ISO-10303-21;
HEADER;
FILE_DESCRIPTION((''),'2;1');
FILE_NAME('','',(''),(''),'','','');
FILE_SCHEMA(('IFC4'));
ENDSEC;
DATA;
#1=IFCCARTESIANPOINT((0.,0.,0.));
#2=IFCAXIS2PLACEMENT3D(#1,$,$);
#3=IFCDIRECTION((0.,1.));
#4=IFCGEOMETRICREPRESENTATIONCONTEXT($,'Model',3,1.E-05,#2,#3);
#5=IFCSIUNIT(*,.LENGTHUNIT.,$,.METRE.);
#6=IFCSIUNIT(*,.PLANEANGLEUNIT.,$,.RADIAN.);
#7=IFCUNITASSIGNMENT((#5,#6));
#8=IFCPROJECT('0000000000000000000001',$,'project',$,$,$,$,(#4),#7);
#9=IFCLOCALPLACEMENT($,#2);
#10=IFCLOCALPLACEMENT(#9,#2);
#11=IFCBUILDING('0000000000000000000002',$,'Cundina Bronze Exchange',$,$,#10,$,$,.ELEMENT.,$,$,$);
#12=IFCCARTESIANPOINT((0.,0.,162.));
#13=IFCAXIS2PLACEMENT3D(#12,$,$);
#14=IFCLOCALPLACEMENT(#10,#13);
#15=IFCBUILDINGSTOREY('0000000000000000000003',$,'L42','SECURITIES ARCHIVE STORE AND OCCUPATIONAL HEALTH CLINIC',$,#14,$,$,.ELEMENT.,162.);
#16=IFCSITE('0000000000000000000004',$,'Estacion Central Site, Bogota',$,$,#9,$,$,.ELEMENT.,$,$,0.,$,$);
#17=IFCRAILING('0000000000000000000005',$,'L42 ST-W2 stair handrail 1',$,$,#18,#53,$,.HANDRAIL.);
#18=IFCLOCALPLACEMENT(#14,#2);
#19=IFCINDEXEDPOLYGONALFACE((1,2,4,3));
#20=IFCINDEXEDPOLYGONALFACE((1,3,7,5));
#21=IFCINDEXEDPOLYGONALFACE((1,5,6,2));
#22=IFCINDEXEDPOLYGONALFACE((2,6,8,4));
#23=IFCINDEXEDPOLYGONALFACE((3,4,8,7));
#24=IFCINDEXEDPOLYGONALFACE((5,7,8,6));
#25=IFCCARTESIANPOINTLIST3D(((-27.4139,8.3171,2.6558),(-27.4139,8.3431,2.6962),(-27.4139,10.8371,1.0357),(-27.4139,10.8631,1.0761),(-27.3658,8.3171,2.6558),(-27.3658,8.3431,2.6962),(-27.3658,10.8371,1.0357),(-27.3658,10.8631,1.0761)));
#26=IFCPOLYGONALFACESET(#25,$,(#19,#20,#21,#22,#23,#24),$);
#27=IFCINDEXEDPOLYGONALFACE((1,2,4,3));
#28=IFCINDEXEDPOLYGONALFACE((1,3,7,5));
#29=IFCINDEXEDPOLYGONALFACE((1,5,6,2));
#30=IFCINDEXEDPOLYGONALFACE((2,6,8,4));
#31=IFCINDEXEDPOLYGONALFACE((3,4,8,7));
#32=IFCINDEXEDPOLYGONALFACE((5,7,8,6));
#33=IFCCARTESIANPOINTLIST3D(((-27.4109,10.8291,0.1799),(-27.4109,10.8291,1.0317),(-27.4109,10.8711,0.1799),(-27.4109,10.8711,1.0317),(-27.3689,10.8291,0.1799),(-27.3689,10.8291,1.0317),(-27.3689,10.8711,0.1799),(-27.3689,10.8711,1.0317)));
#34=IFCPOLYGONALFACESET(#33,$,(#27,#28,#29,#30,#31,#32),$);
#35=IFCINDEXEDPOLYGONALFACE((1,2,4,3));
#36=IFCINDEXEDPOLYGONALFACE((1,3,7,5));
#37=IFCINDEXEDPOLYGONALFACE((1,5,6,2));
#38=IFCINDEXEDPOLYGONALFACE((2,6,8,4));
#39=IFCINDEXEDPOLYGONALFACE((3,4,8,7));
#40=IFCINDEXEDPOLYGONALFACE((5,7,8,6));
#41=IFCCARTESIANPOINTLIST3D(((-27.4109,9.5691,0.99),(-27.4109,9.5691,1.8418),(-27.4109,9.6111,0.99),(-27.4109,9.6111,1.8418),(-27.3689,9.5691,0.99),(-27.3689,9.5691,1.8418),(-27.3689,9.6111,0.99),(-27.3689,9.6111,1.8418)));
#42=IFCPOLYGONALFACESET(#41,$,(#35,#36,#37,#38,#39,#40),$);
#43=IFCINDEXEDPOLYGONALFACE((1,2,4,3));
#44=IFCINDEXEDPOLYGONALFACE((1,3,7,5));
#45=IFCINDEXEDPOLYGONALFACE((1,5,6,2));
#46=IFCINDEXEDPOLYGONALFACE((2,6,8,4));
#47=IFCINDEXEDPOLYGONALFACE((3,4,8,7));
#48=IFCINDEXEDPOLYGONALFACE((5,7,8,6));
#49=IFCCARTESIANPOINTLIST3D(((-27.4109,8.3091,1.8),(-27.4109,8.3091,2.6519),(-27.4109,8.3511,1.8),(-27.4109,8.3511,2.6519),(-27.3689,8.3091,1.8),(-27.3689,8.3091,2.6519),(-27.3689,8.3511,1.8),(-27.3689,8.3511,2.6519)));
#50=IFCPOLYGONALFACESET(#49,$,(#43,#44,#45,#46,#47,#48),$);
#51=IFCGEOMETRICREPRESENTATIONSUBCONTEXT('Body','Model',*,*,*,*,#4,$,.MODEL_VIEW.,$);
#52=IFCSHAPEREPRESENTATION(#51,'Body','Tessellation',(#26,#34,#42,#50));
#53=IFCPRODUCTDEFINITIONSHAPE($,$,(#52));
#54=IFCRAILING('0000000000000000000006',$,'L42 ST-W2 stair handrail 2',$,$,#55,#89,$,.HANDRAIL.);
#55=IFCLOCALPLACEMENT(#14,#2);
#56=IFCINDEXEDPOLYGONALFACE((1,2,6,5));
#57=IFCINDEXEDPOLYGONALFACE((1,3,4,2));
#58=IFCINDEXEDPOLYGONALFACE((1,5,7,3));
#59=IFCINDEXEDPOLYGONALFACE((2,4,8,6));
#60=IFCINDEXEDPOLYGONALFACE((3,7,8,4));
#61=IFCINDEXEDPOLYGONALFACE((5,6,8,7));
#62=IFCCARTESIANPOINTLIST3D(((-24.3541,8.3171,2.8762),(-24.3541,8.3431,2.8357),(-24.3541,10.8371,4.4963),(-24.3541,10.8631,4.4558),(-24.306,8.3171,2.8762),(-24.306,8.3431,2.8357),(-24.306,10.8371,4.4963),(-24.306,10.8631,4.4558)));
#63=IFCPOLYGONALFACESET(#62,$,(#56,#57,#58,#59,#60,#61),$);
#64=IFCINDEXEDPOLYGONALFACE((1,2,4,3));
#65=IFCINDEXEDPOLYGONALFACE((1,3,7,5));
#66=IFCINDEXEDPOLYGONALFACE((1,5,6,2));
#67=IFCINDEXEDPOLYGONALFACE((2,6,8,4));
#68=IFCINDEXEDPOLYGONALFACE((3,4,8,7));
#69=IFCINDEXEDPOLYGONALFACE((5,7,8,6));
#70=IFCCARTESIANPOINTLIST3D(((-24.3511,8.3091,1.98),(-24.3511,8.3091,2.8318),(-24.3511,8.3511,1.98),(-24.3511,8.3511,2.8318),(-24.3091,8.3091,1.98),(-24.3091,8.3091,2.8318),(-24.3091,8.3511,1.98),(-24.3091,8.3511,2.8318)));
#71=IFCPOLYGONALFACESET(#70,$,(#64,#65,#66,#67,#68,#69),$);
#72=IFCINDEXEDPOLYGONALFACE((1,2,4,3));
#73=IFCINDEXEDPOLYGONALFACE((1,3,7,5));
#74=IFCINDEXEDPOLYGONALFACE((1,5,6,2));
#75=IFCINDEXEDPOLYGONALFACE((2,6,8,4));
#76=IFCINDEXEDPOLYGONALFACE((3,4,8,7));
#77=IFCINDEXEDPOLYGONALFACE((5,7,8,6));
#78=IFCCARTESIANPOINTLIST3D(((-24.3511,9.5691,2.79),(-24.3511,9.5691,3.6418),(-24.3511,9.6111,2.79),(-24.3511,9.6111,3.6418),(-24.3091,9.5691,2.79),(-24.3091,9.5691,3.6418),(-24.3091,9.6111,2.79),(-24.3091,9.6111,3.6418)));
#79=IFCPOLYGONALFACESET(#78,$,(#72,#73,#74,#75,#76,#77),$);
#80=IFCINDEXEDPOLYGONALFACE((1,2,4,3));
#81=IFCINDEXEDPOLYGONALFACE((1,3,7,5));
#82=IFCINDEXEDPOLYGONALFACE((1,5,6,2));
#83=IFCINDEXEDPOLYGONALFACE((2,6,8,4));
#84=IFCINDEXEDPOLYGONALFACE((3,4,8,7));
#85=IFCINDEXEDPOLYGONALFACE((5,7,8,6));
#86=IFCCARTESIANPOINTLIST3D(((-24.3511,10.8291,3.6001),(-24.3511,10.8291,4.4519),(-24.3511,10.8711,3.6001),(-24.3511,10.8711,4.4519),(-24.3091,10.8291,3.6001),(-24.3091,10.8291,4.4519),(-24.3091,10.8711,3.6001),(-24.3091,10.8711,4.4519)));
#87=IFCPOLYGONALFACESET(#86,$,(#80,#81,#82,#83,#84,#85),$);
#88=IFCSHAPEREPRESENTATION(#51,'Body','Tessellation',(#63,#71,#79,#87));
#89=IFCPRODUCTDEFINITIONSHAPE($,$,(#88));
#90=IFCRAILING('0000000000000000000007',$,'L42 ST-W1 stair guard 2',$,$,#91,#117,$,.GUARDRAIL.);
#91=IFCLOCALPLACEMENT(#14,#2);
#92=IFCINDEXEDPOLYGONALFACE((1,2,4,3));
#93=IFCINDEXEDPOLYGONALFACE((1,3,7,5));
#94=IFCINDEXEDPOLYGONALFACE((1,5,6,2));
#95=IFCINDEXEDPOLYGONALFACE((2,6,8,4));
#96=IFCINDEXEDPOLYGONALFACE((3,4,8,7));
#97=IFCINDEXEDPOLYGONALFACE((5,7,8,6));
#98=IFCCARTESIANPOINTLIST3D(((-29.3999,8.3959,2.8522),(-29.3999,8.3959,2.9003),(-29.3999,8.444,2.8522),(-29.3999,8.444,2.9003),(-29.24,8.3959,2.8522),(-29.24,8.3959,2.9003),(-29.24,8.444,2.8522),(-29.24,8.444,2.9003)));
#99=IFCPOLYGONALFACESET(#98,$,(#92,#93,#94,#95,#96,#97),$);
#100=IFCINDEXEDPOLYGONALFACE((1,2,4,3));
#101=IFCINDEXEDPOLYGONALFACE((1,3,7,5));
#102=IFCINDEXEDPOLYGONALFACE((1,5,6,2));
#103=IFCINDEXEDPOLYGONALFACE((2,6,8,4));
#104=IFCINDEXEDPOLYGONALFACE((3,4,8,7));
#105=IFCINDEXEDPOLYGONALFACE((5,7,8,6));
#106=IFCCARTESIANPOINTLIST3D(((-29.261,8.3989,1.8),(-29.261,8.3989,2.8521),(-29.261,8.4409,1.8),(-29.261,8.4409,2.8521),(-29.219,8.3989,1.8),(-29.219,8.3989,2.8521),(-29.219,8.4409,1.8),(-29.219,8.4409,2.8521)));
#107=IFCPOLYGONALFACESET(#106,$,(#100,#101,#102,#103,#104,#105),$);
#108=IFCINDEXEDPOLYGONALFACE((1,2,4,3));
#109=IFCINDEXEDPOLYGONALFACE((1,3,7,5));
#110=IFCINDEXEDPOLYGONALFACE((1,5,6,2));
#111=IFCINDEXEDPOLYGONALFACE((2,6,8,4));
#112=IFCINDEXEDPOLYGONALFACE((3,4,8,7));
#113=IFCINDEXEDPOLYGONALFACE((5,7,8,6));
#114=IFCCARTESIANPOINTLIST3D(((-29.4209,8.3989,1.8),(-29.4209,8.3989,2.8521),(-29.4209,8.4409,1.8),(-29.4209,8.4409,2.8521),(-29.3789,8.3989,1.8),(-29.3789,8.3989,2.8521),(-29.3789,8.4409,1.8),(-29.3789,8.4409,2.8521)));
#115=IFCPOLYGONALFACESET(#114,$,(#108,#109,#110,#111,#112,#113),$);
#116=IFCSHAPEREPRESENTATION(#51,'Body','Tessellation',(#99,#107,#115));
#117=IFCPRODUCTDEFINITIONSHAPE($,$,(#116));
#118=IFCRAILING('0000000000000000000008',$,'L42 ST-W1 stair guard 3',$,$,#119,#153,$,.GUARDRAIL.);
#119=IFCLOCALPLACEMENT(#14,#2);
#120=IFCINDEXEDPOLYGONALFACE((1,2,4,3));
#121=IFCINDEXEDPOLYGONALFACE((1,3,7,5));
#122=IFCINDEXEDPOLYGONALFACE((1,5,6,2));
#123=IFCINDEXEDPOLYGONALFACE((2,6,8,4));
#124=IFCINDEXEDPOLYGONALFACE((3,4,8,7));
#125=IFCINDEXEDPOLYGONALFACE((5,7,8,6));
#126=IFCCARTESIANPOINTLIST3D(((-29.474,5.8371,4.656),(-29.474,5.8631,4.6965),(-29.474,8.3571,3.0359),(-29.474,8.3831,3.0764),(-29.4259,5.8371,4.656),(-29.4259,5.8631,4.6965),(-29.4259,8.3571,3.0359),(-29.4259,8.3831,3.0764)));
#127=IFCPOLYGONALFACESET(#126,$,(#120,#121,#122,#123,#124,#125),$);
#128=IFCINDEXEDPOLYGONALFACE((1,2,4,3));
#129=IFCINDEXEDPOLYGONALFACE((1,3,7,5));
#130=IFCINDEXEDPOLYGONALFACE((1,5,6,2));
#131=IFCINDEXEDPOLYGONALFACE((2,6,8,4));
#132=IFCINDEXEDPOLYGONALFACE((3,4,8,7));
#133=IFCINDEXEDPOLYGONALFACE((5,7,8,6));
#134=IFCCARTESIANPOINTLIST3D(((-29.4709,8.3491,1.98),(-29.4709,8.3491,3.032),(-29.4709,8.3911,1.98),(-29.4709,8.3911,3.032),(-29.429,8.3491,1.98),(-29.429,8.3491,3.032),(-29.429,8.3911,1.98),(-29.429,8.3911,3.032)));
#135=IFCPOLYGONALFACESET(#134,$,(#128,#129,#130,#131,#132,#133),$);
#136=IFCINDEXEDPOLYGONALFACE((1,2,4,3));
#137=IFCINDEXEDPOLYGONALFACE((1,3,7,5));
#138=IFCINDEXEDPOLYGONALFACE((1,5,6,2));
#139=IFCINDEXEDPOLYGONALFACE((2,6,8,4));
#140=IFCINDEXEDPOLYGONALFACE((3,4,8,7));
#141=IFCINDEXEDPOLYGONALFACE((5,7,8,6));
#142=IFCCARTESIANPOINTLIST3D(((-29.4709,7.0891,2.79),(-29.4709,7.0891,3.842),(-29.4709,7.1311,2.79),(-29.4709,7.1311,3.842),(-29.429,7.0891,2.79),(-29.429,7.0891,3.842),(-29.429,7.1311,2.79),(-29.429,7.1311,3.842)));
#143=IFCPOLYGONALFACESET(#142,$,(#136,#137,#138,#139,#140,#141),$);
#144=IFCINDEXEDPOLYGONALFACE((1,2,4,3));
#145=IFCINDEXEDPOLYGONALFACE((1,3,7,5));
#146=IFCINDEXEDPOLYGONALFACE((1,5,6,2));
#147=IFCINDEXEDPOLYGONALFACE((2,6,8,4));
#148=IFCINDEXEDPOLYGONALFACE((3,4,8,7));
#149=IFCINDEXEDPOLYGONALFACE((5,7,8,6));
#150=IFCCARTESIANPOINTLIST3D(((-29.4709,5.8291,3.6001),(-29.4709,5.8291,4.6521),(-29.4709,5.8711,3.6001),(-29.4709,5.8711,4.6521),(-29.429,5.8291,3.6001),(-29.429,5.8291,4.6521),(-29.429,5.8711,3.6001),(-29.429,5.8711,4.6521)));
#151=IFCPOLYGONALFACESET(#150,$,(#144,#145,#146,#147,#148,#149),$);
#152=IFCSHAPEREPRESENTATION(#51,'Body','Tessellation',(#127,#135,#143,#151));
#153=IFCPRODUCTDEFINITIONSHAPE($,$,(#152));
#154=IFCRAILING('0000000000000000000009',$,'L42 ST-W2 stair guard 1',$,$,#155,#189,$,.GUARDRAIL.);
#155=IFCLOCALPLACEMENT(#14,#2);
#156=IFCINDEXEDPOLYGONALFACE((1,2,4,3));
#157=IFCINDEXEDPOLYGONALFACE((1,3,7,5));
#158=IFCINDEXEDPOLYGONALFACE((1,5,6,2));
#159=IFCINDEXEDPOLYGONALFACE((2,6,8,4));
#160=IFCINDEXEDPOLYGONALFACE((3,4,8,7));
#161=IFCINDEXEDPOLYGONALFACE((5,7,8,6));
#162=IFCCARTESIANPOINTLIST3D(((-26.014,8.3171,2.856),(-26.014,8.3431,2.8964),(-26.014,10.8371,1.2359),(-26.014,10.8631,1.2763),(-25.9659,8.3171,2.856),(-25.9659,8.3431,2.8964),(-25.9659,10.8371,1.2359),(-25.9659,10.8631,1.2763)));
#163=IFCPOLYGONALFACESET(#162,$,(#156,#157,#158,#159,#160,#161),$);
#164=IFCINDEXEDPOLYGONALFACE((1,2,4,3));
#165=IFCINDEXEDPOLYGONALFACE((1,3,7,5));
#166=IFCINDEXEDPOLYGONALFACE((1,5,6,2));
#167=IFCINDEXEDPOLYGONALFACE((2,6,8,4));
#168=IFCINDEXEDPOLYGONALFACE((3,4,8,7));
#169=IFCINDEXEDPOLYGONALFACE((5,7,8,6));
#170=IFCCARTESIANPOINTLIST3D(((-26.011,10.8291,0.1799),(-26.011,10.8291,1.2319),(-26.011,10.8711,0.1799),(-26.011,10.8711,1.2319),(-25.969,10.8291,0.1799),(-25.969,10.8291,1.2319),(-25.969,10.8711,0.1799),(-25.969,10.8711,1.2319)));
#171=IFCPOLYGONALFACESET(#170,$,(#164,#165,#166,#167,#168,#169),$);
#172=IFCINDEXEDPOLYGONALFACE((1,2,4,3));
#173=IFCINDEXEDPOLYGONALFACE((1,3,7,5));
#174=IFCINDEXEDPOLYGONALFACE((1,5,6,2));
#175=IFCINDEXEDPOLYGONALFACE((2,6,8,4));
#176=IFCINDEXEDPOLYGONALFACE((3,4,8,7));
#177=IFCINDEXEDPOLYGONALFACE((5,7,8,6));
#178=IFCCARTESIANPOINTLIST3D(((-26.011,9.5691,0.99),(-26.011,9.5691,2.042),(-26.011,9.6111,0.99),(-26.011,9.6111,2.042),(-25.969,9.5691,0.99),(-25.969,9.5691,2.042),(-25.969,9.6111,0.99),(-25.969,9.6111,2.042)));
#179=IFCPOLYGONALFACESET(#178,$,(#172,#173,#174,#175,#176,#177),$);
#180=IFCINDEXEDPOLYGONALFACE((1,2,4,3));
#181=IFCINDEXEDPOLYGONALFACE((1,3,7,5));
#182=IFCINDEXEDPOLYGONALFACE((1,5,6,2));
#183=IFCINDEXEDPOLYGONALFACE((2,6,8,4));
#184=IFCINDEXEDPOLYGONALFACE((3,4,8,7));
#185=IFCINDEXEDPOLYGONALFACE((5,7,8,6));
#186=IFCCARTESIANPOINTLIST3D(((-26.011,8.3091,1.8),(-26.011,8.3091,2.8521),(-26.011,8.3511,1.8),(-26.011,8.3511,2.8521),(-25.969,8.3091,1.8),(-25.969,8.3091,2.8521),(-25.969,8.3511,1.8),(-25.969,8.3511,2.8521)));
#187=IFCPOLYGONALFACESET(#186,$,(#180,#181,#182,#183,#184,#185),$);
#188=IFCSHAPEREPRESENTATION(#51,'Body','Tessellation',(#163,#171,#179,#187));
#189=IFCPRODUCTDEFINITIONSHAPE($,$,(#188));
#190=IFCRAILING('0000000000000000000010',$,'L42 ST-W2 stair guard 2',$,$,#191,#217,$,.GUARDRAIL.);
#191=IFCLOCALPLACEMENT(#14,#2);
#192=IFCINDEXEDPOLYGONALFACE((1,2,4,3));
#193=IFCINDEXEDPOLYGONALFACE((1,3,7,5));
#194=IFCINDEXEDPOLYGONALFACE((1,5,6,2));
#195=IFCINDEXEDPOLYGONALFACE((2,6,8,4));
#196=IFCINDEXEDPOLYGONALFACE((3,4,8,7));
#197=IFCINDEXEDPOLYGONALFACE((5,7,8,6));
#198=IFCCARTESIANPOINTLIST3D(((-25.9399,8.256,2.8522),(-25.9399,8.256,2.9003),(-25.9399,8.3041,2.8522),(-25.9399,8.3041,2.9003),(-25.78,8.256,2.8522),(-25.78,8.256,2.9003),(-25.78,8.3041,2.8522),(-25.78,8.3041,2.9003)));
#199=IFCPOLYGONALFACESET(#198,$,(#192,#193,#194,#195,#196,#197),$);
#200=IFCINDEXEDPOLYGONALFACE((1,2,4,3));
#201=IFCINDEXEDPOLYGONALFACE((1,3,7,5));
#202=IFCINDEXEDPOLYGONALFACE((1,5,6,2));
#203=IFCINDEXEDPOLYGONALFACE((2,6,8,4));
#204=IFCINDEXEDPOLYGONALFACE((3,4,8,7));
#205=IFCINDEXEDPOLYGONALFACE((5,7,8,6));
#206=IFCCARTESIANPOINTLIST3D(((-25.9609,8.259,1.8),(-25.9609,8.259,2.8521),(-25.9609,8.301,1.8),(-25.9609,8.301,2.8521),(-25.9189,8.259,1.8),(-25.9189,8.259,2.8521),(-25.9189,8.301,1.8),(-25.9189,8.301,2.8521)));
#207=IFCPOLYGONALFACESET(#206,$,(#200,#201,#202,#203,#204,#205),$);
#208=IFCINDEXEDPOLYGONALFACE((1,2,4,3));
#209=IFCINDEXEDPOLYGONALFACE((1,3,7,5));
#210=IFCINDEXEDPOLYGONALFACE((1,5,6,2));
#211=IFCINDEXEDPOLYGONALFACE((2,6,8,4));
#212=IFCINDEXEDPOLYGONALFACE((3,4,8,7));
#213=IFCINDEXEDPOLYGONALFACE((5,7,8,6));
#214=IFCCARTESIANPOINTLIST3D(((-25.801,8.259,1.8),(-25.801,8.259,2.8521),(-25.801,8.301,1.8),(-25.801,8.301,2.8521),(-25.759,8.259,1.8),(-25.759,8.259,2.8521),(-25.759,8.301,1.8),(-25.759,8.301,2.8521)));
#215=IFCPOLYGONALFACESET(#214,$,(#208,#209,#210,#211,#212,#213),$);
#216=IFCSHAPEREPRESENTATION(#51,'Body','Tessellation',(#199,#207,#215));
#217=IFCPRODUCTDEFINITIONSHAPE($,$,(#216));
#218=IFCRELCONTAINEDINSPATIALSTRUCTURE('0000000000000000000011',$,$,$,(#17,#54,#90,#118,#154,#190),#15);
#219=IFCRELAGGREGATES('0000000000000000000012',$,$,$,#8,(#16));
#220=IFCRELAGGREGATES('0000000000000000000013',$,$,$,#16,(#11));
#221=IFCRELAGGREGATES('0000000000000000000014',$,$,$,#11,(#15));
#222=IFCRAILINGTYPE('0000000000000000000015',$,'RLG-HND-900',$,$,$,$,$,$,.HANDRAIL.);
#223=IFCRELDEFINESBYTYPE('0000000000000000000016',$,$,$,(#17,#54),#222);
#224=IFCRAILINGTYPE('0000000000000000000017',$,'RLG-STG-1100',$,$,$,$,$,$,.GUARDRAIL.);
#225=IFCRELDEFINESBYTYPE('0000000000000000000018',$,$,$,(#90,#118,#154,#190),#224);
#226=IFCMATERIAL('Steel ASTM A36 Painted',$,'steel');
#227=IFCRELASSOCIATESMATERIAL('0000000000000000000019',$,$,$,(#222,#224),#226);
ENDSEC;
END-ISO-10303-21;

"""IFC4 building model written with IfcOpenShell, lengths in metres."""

from ifc_helpers import new_model, si_unit, direction, frame, origin, origin_2d, place, context, subcontext, project, spatial, rectangle, extrude, material, type_object, element, save


model = new_model("IFC4")

# Units and contexts
model_context = context("Model", 3, precision=1e-05, world=origin(), true_north=direction((0.0, 1.0)))
body_context = subcontext(model_context, "Body", "Model", "MODEL_VIEW")
ifc_project = project(units=[si_unit("LENGTHUNIT", "METRE"), si_unit("PLANEANGLEUNIT", "RADIAN")], contexts=[model_context])

# Site, building, storey
site_placement = place(None, origin())
site = spatial("IfcSite", under=ifc_project, at=site_placement, Name="Estacion Central Site, Bogota", CompositionType="ELEMENT", RefElevation=0.0)
building_placement = place(site_placement, origin())
building = spatial("IfcBuilding", under=site, at=building_placement, Name="Cundina Bronze Exchange", CompositionType="ELEMENT")
storey_placement = place(building_placement, frame((0.0, 0.0, 162.0)))
storey = spatial("IfcBuildingStorey", under=building, at=storey_placement, Name="L42", Description="SECURITIES ARCHIVE STORE AND OCCUPATIONAL HEALTH CLINIC", CompositionType="ELEMENT", Elevation=162.0)

# Shared definitions
ifc_material_1 = material(Name="Steel ASTM A36 Painted", Category="steel")

# Railings
railing_type_1 = type_object("IfcRailingType", Name="RLG-HND-900", PredefinedType="HANDRAIL", material=ifc_material_1)
railing_1_placement = place(storey_placement, frame((-27.3899, 10.8501, 0.1799)))
element("IfcRailing", 1, at=railing_1_placement, inside=storey, type_object=railing_type_1, Name="L42 ST-W2 stair handrail 1", PredefinedType="HANDRAIL", context=body_context, shape_type="SweptSolid", body=[
    extrude(rectangle(XDim=0.0481, YDim=0.0481, at=origin_2d()), frame((0.0, 0.0, 0.876), z_axis=(0.0, -0.841163, 0.540782), x_axis=(1.0, 0.0, 0.0)), (0.0, 0.0, 1.0), 2.9958),
    extrude(rectangle(XDim=0.042, YDim=0.042, at=origin_2d()), origin(), (0.0, 0.0, 1.0), 0.8518),
    extrude(rectangle(XDim=0.042, YDim=0.042, at=origin_2d()), frame((0.0, -1.26, 0.8101)), (0.0, 0.0, 1.0), 0.8518),
    extrude(rectangle(XDim=0.042, YDim=0.042, at=origin_2d()), frame((0.0, -2.52, 1.6201)), (0.0, 0.0, 1.0), 0.8518),
])
railing_2_placement = place(storey_placement, frame((-24.3301, 8.3301, 1.98)))
element("IfcRailing", 2, at=railing_2_placement, inside=storey, type_object=railing_type_1, Name="L42 ST-W2 stair handrail 2", PredefinedType="HANDRAIL", context=body_context, shape_type="SweptSolid", body=[
    extrude(rectangle(XDim=0.0481, YDim=0.0481, at=origin_2d()), frame((0.0, 0.0, 0.876), z_axis=(0.0, 0.841163, 0.540782), x_axis=(-1.0, 0.0, 0.0)), (0.0, 0.0, 1.0), 2.9958),
    extrude(rectangle(XDim=0.042, YDim=0.042, at=origin_2d()), origin(), (0.0, 0.0, 1.0), 0.8518),
    extrude(rectangle(XDim=0.042, YDim=0.042, at=origin_2d()), frame((0.0, 1.26, 0.8101)), (0.0, 0.0, 1.0), 0.8518),
    extrude(rectangle(XDim=0.042, YDim=0.042, at=origin_2d()), frame((0.0, 2.52, 1.6201)), (0.0, 0.0, 1.0), 0.8518),
])
railing_type_2 = type_object("IfcRailingType", Name="RLG-STG-1100", PredefinedType="GUARDRAIL", material=ifc_material_1)
railing_3_placement = place(storey_placement, frame((-29.24, 8.4199, 1.8)))
element("IfcRailing", 3, at=railing_3_placement, inside=storey, type_object=railing_type_2, Name="L42 ST-W1 stair guard 2", PredefinedType="GUARDRAIL", context=body_context, shape_type="SweptSolid", body=[
    extrude(rectangle(XDim=0.0481, YDim=0.0481, at=origin_2d()), frame((0.0, 0.0, 1.0762), z_axis=(-1.0, 0.0, 0.0), x_axis=(0.0, -1.0, 0.0)), (0.0, 0.0, 1.0), 0.1599),
    extrude(rectangle(XDim=0.042, YDim=0.042, at=origin_2d()), origin(), (0.0, 0.0, 1.0), 1.052),
    extrude(rectangle(XDim=0.042, YDim=0.042, at=origin_2d()), frame((-0.1599, 0.0, 0.0)), (0.0, 0.0, 1.0), 1.052),
])
for number, where, name in (
    (4, (-29.45, 8.3701, 1.98), "L42 ST-W1 stair guard 3"),
    (5, (-25.99, 10.8501, 0.1799), "L42 ST-W2 stair guard 1"),
):
    element("IfcRailing", number, at=place(storey_placement, frame(where)), inside=storey, type_object=railing_type_2, Name=name, PredefinedType="GUARDRAIL", context=body_context, shape_type="SweptSolid", body=[
        extrude(rectangle(XDim=0.0481, YDim=0.0481, at=origin_2d()), frame((0.0, 0.0, 1.0762), z_axis=(0.0, -0.841163, 0.540782), x_axis=(1.0, 0.0, 0.0)), (0.0, 0.0, 1.0), 2.9958),
        extrude(rectangle(XDim=0.042, YDim=0.042, at=origin_2d()), origin(), (0.0, 0.0, 1.0), 1.052),
        extrude(rectangle(XDim=0.042, YDim=0.042, at=origin_2d()), frame((0.0, -1.26, 0.8101)), (0.0, 0.0, 1.0), 1.052),
        extrude(rectangle(XDim=0.042, YDim=0.042, at=origin_2d()), frame((0.0, -2.52, 1.6201)), (0.0, 0.0, 1.0), 1.052),
    ])
railing_4_placement = place(storey_placement, frame((-25.9399, 8.28, 1.8)))
element("IfcRailing", 6, at=railing_4_placement, inside=storey, type_object=railing_type_2, Name="L42 ST-W2 stair guard 2", PredefinedType="GUARDRAIL", context=body_context, shape_type="SweptSolid", body=[
    extrude(rectangle(XDim=0.0481, YDim=0.0481, at=origin_2d()), frame((0.0, 0.0, 1.0762), z_axis=(1.0, 0.0, 0.0), x_axis=(0.0, 1.0, 0.0)), (0.0, 0.0, 1.0), 0.1599),
    extrude(rectangle(XDim=0.042, YDim=0.042, at=origin_2d()), origin(), (0.0, 0.0, 1.0), 1.052),
    extrude(rectangle(XDim=0.042, YDim=0.042, at=origin_2d()), frame((0.1599, 0.0, 0.0)), (0.0, 0.0, 1.0), 1.052),
])

save(model, "model.ifc")
